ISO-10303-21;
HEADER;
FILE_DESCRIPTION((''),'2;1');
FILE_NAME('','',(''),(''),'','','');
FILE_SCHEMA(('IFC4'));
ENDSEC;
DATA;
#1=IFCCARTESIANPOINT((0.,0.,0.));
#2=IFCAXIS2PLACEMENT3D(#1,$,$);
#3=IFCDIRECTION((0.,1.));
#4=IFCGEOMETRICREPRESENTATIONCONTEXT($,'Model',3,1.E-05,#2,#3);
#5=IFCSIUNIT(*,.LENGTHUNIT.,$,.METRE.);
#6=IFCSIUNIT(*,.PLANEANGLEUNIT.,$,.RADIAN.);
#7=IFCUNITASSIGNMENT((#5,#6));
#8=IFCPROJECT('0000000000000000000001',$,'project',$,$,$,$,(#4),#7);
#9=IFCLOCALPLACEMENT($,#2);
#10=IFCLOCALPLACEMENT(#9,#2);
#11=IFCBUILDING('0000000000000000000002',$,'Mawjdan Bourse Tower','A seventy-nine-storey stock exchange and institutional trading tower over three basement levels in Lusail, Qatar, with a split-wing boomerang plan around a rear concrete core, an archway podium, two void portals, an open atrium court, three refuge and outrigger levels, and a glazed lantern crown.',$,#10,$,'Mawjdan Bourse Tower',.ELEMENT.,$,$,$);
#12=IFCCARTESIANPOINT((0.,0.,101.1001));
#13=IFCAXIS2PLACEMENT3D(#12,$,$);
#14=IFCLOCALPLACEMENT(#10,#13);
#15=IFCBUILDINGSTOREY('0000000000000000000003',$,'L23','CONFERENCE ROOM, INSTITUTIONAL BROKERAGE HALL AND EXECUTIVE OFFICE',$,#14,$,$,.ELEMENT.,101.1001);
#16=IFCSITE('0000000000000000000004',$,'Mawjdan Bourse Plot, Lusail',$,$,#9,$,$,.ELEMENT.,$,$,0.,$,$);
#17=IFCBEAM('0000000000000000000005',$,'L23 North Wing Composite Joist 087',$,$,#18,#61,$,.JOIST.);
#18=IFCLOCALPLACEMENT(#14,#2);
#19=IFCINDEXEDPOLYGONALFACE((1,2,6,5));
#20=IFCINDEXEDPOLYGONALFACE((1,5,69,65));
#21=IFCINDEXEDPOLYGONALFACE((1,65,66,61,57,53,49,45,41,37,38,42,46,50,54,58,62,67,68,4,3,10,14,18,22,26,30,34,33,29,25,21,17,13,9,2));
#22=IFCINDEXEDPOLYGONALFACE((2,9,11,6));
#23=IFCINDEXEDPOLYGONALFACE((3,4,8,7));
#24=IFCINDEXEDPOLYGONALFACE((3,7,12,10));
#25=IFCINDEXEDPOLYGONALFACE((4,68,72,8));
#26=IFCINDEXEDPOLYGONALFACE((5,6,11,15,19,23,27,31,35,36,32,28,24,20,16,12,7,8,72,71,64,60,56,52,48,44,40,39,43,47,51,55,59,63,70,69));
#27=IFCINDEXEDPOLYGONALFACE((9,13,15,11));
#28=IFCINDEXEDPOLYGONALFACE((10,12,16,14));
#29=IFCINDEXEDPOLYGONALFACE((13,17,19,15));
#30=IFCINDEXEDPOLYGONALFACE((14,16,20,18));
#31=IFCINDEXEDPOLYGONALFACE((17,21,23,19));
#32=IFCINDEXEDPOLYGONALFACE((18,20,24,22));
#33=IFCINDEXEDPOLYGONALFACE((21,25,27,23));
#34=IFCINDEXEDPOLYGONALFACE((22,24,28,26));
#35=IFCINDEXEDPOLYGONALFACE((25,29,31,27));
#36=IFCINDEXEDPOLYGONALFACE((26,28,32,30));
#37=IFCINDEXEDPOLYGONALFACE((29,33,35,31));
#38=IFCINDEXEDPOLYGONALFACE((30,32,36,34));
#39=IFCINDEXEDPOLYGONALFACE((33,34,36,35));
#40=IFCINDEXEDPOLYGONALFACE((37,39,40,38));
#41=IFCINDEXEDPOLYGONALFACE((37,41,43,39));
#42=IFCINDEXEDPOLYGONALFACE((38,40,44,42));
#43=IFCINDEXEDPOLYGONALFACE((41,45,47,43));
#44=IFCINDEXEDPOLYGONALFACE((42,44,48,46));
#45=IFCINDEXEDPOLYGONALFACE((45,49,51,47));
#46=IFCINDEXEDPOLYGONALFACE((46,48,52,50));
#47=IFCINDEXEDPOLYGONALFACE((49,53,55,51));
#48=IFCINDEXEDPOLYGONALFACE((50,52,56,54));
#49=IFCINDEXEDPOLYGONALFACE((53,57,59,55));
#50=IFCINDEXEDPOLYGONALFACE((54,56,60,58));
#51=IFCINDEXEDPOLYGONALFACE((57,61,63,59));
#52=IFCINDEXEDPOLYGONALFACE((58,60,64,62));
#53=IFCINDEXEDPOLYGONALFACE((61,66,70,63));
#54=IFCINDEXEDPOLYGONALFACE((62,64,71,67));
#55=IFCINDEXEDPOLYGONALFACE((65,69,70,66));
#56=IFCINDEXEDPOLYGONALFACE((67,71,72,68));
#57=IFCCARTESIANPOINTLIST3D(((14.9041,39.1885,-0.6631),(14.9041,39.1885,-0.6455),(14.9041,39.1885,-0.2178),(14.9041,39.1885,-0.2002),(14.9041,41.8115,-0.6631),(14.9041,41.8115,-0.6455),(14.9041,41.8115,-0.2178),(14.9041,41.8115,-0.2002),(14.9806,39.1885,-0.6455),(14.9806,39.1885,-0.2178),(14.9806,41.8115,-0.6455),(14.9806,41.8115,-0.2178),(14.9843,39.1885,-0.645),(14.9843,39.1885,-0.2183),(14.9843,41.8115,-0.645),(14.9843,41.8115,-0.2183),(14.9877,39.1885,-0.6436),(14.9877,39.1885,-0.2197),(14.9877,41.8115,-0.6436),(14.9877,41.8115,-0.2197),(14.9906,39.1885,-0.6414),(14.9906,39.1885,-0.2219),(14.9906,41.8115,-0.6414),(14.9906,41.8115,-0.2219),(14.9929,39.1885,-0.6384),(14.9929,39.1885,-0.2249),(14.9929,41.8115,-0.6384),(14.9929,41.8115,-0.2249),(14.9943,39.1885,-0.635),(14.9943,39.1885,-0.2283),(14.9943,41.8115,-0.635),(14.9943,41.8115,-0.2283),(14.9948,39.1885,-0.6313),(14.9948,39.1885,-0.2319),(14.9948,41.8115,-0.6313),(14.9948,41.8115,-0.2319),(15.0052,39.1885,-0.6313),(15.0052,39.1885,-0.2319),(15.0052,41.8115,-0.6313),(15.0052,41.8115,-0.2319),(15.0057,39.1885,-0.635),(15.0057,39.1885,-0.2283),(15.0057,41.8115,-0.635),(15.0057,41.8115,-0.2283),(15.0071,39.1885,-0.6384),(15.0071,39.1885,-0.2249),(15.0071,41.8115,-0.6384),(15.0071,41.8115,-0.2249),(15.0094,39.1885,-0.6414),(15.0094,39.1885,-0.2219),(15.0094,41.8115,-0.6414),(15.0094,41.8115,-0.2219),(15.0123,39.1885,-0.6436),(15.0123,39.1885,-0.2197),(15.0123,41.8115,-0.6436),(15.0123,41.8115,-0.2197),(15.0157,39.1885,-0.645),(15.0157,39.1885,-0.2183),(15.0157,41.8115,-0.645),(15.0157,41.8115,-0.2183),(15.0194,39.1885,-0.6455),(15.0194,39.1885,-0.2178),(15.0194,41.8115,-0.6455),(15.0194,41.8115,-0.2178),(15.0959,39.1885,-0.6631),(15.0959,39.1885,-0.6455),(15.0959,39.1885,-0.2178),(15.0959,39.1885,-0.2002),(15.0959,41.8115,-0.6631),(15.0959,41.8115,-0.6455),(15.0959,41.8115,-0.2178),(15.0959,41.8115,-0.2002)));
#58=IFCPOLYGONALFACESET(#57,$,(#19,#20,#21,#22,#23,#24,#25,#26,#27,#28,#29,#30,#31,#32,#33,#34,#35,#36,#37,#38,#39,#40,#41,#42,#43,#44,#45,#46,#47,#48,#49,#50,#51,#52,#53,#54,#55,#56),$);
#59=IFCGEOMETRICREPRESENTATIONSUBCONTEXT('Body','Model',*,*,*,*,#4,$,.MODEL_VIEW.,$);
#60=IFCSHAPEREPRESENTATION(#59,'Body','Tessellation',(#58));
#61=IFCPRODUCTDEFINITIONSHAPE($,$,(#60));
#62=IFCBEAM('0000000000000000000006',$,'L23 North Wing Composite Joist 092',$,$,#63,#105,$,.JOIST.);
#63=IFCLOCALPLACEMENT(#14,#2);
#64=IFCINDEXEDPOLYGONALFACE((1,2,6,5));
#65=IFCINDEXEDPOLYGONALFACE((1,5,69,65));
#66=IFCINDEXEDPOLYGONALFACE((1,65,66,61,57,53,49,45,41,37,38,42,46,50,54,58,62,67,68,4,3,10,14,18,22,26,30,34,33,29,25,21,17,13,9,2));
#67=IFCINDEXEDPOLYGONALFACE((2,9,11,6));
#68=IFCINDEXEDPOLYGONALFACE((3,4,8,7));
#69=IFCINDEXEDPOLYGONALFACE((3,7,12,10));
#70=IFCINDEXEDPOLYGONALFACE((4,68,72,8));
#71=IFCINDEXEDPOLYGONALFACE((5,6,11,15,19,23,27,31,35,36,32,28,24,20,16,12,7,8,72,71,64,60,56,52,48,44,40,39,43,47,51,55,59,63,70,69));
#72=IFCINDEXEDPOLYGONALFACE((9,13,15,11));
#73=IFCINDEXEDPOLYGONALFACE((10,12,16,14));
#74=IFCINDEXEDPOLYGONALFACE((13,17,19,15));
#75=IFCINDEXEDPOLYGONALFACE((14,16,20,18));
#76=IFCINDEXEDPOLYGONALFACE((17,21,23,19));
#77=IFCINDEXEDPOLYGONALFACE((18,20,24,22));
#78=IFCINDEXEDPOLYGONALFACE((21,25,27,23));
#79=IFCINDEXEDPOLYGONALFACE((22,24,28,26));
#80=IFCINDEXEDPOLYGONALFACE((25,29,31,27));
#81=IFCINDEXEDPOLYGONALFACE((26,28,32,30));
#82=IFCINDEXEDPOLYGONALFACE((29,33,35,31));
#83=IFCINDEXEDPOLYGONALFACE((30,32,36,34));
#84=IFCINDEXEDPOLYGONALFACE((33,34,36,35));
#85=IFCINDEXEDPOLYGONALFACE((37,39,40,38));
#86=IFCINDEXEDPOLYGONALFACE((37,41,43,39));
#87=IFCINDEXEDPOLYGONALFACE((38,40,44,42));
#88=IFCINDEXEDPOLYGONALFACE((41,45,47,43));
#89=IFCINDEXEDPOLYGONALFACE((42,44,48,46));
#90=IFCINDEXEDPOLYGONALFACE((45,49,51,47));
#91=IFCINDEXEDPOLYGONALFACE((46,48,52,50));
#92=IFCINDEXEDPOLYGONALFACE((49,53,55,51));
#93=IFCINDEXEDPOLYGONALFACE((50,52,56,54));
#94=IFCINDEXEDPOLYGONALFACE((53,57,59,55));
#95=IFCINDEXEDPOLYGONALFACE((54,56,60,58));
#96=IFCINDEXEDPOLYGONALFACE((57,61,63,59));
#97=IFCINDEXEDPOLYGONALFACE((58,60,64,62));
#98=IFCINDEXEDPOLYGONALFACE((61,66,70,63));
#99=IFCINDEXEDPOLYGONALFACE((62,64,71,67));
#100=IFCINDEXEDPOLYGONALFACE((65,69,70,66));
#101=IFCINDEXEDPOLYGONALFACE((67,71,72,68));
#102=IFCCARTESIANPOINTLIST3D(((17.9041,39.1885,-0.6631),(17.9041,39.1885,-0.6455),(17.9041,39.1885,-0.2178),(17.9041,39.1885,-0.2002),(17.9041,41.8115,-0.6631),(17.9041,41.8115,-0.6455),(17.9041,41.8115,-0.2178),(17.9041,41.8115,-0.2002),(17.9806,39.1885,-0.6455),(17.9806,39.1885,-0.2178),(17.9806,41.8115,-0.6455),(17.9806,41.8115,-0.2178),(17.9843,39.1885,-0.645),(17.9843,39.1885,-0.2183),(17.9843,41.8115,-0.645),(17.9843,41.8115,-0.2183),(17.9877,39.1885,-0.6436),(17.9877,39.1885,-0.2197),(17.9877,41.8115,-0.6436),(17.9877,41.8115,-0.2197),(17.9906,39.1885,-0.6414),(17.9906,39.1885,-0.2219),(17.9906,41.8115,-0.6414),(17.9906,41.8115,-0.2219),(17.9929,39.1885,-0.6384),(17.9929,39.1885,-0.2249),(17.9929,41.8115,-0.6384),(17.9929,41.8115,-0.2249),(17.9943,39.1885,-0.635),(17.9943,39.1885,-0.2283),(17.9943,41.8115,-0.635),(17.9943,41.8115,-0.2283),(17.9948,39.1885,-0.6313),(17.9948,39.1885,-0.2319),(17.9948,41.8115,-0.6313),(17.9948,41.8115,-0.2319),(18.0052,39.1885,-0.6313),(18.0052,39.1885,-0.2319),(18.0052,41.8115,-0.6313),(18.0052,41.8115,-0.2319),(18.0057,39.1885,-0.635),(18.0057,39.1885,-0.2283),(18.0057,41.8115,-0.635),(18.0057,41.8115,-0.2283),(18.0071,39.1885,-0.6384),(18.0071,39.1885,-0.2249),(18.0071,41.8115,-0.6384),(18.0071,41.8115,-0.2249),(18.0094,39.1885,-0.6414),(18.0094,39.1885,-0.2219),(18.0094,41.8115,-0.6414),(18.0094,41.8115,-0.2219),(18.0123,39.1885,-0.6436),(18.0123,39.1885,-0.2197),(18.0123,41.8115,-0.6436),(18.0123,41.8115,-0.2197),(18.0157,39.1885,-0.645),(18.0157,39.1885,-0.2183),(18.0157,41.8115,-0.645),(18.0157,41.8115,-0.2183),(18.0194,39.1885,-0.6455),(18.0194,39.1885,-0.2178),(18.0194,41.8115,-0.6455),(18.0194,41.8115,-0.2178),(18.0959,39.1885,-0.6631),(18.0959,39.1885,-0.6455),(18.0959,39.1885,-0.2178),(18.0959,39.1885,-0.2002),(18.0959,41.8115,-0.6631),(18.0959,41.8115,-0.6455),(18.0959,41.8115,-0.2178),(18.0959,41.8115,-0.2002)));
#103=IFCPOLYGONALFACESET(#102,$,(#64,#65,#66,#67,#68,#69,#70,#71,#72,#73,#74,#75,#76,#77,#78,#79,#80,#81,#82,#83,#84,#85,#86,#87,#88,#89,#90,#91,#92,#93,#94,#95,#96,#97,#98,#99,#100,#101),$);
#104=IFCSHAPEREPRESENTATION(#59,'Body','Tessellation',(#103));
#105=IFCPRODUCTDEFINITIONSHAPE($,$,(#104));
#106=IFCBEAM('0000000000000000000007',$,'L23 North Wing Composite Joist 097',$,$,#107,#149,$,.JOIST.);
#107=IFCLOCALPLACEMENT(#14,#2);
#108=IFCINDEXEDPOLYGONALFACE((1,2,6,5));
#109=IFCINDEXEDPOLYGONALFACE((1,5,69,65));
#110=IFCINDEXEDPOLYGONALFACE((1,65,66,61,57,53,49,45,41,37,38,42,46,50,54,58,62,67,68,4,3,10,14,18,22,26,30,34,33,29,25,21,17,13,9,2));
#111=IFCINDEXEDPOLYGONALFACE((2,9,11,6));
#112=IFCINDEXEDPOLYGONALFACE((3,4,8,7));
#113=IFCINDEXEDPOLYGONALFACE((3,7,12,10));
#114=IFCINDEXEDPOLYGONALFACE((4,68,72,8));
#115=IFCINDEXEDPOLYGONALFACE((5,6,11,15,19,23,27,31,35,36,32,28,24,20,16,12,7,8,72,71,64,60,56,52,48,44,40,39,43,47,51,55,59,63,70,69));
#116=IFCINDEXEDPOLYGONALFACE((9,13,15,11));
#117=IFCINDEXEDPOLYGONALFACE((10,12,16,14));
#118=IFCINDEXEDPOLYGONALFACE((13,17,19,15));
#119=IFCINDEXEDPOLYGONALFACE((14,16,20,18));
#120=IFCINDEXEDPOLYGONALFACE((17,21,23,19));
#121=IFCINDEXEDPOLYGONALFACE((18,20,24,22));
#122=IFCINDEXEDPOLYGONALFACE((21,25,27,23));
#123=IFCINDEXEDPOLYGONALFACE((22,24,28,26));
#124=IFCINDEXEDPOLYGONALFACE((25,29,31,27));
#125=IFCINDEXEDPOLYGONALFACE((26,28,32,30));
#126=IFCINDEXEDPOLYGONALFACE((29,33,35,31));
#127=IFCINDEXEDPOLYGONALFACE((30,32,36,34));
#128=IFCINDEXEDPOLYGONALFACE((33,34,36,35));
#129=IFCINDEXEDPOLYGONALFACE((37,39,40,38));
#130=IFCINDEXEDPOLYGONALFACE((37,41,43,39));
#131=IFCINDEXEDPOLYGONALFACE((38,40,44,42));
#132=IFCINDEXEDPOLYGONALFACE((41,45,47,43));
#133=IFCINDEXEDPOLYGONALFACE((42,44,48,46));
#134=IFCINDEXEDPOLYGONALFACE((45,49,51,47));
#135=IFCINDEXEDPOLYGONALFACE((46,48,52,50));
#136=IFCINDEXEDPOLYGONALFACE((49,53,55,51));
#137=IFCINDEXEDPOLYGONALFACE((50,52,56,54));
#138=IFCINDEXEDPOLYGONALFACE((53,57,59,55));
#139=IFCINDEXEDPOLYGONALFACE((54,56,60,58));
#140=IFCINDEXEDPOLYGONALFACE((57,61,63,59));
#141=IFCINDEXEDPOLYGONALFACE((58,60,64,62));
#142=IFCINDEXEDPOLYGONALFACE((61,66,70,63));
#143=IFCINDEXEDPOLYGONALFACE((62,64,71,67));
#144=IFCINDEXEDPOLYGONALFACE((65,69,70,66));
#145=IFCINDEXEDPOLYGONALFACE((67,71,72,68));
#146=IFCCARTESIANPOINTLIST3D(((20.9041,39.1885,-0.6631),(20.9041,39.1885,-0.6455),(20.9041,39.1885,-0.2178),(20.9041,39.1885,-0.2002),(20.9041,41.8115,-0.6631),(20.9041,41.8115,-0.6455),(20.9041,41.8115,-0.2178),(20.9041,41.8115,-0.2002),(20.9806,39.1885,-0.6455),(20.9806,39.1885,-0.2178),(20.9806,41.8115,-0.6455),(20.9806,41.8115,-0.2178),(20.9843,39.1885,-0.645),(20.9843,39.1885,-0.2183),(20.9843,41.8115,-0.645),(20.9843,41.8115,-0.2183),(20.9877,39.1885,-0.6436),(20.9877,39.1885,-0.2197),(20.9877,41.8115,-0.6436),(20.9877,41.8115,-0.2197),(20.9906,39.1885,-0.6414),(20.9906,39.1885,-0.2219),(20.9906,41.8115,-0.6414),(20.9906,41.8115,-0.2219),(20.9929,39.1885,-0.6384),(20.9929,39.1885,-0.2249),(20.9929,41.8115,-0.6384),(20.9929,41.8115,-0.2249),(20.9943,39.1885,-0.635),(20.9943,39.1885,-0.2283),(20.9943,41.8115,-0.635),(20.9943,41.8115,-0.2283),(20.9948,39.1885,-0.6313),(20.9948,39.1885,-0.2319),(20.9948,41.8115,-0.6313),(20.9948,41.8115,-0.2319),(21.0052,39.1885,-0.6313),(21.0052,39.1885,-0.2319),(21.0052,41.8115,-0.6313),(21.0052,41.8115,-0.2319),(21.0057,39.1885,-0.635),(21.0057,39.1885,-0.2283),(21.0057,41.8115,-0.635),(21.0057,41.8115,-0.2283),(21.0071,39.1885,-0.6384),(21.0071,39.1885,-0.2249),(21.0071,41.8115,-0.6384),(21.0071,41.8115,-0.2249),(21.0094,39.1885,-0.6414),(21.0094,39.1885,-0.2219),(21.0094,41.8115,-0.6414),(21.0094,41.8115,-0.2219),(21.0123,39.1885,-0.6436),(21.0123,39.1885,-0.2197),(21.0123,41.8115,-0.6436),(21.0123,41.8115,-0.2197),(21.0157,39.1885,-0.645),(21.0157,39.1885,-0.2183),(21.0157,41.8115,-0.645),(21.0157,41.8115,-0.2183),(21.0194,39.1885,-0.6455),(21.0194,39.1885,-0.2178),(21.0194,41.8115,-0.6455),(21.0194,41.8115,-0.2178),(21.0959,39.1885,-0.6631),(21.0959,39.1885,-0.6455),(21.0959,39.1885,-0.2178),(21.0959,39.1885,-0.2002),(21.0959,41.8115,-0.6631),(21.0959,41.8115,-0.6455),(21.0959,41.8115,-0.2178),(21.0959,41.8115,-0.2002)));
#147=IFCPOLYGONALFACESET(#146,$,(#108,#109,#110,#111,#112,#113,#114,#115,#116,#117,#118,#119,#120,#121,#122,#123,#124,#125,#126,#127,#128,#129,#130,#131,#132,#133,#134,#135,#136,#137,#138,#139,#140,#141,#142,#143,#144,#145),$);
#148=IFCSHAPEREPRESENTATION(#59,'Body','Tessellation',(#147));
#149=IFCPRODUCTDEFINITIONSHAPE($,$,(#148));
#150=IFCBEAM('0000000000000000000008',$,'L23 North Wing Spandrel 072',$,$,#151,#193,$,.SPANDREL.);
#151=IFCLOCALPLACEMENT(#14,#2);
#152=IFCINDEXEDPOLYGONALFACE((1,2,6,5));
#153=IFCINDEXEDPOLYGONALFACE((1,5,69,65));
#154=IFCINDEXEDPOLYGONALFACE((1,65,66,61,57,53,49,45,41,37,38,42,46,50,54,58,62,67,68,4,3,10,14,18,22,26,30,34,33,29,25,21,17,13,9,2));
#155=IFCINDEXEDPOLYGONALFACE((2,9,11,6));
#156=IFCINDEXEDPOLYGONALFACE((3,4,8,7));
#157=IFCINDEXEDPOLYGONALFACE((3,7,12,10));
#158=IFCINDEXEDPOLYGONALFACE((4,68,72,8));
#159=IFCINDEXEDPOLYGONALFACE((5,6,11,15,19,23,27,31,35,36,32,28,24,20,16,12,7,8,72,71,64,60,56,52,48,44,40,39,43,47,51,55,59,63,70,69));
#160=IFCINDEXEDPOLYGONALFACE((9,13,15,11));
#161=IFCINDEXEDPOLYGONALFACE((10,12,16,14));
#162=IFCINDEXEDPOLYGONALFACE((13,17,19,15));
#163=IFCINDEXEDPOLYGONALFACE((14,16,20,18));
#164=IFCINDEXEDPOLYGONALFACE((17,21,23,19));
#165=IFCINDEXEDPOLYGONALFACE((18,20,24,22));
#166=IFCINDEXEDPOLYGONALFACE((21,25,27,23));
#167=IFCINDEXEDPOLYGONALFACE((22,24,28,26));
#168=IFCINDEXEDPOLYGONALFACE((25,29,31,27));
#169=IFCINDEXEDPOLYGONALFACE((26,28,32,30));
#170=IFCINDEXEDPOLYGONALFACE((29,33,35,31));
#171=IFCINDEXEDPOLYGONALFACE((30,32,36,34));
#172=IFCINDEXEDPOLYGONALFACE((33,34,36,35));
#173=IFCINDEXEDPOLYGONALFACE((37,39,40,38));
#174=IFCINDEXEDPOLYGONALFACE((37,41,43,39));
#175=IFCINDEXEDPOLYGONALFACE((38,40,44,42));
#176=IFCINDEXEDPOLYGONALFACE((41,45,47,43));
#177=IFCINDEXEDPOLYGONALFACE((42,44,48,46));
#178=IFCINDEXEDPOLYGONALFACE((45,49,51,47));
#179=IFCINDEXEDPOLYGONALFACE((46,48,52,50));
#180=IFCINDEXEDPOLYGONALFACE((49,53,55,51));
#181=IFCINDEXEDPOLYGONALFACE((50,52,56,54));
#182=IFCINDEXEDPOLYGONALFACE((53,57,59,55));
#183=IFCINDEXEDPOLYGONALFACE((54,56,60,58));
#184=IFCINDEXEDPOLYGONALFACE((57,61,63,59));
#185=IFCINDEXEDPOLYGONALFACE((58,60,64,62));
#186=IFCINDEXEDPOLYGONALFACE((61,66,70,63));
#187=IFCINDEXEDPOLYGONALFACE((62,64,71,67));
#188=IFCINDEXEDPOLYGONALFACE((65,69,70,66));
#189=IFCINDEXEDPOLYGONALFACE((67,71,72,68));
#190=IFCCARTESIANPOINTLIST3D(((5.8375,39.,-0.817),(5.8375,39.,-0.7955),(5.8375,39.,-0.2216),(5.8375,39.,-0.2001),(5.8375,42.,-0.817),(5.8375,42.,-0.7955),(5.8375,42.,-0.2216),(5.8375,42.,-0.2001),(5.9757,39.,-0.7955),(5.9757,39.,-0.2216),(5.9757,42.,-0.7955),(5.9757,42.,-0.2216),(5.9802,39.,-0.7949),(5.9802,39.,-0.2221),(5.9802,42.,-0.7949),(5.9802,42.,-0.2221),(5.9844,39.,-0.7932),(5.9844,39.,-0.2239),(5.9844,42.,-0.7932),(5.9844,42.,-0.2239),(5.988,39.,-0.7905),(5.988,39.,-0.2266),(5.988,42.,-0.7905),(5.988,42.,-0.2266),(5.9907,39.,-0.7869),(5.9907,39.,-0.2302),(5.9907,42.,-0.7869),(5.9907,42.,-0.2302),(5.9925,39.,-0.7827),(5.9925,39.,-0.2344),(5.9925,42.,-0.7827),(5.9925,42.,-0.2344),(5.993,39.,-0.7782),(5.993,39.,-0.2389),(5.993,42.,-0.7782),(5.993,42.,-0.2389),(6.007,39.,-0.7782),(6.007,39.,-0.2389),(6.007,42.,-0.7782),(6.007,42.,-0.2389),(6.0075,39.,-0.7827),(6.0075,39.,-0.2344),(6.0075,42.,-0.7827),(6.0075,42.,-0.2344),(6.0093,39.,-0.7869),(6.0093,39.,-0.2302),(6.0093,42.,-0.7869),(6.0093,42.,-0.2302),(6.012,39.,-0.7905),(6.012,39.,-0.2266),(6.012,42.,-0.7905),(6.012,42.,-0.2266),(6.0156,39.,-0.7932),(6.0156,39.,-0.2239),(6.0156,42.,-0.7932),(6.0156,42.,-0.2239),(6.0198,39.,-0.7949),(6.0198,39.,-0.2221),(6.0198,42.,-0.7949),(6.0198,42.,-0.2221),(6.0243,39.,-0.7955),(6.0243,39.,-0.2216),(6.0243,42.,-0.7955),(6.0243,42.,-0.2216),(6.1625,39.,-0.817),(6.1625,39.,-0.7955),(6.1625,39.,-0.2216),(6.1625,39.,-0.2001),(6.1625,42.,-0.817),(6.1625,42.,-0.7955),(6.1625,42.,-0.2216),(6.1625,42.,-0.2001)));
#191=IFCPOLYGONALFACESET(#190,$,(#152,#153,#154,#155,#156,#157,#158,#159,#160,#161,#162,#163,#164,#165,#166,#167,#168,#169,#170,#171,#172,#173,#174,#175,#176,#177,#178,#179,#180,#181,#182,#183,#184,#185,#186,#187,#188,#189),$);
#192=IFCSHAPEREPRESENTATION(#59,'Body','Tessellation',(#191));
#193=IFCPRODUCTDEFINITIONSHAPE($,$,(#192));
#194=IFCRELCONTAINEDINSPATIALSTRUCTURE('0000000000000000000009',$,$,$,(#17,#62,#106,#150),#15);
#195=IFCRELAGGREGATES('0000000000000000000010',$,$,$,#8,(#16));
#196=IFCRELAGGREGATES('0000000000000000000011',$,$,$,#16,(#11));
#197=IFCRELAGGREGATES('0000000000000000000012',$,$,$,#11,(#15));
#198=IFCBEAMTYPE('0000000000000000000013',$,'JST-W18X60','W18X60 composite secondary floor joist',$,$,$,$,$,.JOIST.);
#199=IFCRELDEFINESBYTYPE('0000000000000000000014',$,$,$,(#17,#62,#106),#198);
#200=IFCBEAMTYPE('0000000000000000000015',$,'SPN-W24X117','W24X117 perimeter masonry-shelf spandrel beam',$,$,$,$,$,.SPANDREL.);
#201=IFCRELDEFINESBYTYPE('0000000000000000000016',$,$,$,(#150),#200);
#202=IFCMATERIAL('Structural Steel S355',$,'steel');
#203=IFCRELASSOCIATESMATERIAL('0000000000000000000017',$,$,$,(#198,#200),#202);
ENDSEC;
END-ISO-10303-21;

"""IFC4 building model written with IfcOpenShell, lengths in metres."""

from ifc_helpers import new_model, si_unit, direction, frame, origin, origin_2d, place, context, subcontext, project, spatial, i_section, extrude, material, material_profile, profile_set, type_object, element, save


model = new_model("IFC4")

# Units and contexts
model_context = context("Model", 3, precision=1e-05, world=origin(), true_north=direction((0.0, 1.0)))
body_context = subcontext(model_context, "Body", "Model", "MODEL_VIEW")
ifc_project = project(units=[si_unit("LENGTHUNIT", "METRE"), si_unit("PLANEANGLEUNIT", "RADIAN")], contexts=[model_context])

# Site, building, storey
site_placement = place(None, origin())
site = spatial("IfcSite", under=ifc_project, at=site_placement, Name="Mawjdan Bourse Plot, Lusail", CompositionType="ELEMENT", RefElevation=0.0)
building_placement = place(site_placement, origin())
building = spatial("IfcBuilding", under=site, at=building_placement, Name="Mawjdan Bourse Tower", Description="A seventy-nine-storey stock exchange and institutional trading tower over three basement levels in Lusail, Qatar, with a split-wing boomerang plan around a rear concrete core, an archway podium, two void portals, an open atrium court, three refuge and outrigger levels, and a glazed lantern crown.", LongName="Mawjdan Bourse Tower", CompositionType="ELEMENT")
storey_placement = place(building_placement, frame((0.0, 0.0, 101.1001)))
storey = spatial("IfcBuildingStorey", under=building, at=storey_placement, Name="L23", Description="CONFERENCE ROOM, INSTITUTIONAL BROKERAGE HALL AND EXECUTIVE OFFICE", CompositionType="ELEMENT", Elevation=101.1001)

# Beams
ifc_material_1 = material(Name="Structural Steel S355", Category="steel")
ifc_material_profile_1 = material_profile(ifc_material_1, i_section(OverallWidth=0.1919, OverallDepth=0.4629, WebThickness=0.0105, FlangeThickness=0.0176, FilletRadius=0.0142, at=origin_2d()), Name="W18X60")
ifc_profile_set_1 = profile_set([ifc_material_profile_1], Name="Structural Steel S355")
beam_type_1 = type_object("IfcBeamType", Name="JST-W18X60", Description="W18X60 composite secondary floor joist", PredefinedType="JOIST", material=ifc_profile_set_1)
for number, where, z_axis, x_axis, name in (
    (1, (15.0, 39.1885, -0.4316), (0.0, 1.0, 0.0), (-1.0, 0.0, 0.0), "L23 North Wing Composite Joist 087"),
    (2, (18.0, 39.1885, -0.4316), (0.0, 1.0, 0.0), (-1.0, 0.0, 0.0), "L23 North Wing Composite Joist 092"),
    (3, (21.0, 39.1885, -0.4316), (0.0, 1.0, 0.0), (-1.0, 0.0, 0.0), "L23 North Wing Composite Joist 097"),
):
    element("IfcBeam", number, at=place(storey_placement, frame(where, z_axis=z_axis, x_axis=x_axis)), inside=storey, type_object=beam_type_1, Name=name, PredefinedType="JOIST", context=body_context, shape_type="SweptSolid", body=[
        extrude(i_section(OverallWidth=0.1919, OverallDepth=0.4629, WebThickness=0.0105, FlangeThickness=0.0176, FilletRadius=0.0142, at=origin_2d()), origin(), (0.0, 0.0, 1.0), 2.623),
    ])
ifc_material_profile_2 = material_profile(ifc_material_1, i_section(OverallWidth=0.325, OverallDepth=0.6169, WebThickness=0.0139, FlangeThickness=0.0215, FilletRadius=0.0173, at=origin_2d()), Name="W24X117")
ifc_profile_set_2 = profile_set([ifc_material_profile_2], Name="Structural Steel S355")
beam_type_2 = type_object("IfcBeamType", Name="SPN-W24X117", Description="W24X117 perimeter masonry-shelf spandrel beam", PredefinedType="SPANDREL", material=ifc_profile_set_2)
beam_placement = place(storey_placement, frame((6.0, 39.0, -0.5085), z_axis=(0.0, 1.0, 0.0), x_axis=(-1.0, 0.0, 0.0)))
element("IfcBeam", 4, at=beam_placement, inside=storey, type_object=beam_type_2, Name="L23 North Wing Spandrel 072", PredefinedType="SPANDREL", context=body_context, shape_type="SweptSolid", body=[
    extrude(i_section(OverallWidth=0.325, OverallDepth=0.6169, WebThickness=0.0139, FlangeThickness=0.0215, FilletRadius=0.0173, at=origin_2d()), origin(), (0.0, 0.0, 1.0), 3.0),
])

save(model, "model.ifc")
